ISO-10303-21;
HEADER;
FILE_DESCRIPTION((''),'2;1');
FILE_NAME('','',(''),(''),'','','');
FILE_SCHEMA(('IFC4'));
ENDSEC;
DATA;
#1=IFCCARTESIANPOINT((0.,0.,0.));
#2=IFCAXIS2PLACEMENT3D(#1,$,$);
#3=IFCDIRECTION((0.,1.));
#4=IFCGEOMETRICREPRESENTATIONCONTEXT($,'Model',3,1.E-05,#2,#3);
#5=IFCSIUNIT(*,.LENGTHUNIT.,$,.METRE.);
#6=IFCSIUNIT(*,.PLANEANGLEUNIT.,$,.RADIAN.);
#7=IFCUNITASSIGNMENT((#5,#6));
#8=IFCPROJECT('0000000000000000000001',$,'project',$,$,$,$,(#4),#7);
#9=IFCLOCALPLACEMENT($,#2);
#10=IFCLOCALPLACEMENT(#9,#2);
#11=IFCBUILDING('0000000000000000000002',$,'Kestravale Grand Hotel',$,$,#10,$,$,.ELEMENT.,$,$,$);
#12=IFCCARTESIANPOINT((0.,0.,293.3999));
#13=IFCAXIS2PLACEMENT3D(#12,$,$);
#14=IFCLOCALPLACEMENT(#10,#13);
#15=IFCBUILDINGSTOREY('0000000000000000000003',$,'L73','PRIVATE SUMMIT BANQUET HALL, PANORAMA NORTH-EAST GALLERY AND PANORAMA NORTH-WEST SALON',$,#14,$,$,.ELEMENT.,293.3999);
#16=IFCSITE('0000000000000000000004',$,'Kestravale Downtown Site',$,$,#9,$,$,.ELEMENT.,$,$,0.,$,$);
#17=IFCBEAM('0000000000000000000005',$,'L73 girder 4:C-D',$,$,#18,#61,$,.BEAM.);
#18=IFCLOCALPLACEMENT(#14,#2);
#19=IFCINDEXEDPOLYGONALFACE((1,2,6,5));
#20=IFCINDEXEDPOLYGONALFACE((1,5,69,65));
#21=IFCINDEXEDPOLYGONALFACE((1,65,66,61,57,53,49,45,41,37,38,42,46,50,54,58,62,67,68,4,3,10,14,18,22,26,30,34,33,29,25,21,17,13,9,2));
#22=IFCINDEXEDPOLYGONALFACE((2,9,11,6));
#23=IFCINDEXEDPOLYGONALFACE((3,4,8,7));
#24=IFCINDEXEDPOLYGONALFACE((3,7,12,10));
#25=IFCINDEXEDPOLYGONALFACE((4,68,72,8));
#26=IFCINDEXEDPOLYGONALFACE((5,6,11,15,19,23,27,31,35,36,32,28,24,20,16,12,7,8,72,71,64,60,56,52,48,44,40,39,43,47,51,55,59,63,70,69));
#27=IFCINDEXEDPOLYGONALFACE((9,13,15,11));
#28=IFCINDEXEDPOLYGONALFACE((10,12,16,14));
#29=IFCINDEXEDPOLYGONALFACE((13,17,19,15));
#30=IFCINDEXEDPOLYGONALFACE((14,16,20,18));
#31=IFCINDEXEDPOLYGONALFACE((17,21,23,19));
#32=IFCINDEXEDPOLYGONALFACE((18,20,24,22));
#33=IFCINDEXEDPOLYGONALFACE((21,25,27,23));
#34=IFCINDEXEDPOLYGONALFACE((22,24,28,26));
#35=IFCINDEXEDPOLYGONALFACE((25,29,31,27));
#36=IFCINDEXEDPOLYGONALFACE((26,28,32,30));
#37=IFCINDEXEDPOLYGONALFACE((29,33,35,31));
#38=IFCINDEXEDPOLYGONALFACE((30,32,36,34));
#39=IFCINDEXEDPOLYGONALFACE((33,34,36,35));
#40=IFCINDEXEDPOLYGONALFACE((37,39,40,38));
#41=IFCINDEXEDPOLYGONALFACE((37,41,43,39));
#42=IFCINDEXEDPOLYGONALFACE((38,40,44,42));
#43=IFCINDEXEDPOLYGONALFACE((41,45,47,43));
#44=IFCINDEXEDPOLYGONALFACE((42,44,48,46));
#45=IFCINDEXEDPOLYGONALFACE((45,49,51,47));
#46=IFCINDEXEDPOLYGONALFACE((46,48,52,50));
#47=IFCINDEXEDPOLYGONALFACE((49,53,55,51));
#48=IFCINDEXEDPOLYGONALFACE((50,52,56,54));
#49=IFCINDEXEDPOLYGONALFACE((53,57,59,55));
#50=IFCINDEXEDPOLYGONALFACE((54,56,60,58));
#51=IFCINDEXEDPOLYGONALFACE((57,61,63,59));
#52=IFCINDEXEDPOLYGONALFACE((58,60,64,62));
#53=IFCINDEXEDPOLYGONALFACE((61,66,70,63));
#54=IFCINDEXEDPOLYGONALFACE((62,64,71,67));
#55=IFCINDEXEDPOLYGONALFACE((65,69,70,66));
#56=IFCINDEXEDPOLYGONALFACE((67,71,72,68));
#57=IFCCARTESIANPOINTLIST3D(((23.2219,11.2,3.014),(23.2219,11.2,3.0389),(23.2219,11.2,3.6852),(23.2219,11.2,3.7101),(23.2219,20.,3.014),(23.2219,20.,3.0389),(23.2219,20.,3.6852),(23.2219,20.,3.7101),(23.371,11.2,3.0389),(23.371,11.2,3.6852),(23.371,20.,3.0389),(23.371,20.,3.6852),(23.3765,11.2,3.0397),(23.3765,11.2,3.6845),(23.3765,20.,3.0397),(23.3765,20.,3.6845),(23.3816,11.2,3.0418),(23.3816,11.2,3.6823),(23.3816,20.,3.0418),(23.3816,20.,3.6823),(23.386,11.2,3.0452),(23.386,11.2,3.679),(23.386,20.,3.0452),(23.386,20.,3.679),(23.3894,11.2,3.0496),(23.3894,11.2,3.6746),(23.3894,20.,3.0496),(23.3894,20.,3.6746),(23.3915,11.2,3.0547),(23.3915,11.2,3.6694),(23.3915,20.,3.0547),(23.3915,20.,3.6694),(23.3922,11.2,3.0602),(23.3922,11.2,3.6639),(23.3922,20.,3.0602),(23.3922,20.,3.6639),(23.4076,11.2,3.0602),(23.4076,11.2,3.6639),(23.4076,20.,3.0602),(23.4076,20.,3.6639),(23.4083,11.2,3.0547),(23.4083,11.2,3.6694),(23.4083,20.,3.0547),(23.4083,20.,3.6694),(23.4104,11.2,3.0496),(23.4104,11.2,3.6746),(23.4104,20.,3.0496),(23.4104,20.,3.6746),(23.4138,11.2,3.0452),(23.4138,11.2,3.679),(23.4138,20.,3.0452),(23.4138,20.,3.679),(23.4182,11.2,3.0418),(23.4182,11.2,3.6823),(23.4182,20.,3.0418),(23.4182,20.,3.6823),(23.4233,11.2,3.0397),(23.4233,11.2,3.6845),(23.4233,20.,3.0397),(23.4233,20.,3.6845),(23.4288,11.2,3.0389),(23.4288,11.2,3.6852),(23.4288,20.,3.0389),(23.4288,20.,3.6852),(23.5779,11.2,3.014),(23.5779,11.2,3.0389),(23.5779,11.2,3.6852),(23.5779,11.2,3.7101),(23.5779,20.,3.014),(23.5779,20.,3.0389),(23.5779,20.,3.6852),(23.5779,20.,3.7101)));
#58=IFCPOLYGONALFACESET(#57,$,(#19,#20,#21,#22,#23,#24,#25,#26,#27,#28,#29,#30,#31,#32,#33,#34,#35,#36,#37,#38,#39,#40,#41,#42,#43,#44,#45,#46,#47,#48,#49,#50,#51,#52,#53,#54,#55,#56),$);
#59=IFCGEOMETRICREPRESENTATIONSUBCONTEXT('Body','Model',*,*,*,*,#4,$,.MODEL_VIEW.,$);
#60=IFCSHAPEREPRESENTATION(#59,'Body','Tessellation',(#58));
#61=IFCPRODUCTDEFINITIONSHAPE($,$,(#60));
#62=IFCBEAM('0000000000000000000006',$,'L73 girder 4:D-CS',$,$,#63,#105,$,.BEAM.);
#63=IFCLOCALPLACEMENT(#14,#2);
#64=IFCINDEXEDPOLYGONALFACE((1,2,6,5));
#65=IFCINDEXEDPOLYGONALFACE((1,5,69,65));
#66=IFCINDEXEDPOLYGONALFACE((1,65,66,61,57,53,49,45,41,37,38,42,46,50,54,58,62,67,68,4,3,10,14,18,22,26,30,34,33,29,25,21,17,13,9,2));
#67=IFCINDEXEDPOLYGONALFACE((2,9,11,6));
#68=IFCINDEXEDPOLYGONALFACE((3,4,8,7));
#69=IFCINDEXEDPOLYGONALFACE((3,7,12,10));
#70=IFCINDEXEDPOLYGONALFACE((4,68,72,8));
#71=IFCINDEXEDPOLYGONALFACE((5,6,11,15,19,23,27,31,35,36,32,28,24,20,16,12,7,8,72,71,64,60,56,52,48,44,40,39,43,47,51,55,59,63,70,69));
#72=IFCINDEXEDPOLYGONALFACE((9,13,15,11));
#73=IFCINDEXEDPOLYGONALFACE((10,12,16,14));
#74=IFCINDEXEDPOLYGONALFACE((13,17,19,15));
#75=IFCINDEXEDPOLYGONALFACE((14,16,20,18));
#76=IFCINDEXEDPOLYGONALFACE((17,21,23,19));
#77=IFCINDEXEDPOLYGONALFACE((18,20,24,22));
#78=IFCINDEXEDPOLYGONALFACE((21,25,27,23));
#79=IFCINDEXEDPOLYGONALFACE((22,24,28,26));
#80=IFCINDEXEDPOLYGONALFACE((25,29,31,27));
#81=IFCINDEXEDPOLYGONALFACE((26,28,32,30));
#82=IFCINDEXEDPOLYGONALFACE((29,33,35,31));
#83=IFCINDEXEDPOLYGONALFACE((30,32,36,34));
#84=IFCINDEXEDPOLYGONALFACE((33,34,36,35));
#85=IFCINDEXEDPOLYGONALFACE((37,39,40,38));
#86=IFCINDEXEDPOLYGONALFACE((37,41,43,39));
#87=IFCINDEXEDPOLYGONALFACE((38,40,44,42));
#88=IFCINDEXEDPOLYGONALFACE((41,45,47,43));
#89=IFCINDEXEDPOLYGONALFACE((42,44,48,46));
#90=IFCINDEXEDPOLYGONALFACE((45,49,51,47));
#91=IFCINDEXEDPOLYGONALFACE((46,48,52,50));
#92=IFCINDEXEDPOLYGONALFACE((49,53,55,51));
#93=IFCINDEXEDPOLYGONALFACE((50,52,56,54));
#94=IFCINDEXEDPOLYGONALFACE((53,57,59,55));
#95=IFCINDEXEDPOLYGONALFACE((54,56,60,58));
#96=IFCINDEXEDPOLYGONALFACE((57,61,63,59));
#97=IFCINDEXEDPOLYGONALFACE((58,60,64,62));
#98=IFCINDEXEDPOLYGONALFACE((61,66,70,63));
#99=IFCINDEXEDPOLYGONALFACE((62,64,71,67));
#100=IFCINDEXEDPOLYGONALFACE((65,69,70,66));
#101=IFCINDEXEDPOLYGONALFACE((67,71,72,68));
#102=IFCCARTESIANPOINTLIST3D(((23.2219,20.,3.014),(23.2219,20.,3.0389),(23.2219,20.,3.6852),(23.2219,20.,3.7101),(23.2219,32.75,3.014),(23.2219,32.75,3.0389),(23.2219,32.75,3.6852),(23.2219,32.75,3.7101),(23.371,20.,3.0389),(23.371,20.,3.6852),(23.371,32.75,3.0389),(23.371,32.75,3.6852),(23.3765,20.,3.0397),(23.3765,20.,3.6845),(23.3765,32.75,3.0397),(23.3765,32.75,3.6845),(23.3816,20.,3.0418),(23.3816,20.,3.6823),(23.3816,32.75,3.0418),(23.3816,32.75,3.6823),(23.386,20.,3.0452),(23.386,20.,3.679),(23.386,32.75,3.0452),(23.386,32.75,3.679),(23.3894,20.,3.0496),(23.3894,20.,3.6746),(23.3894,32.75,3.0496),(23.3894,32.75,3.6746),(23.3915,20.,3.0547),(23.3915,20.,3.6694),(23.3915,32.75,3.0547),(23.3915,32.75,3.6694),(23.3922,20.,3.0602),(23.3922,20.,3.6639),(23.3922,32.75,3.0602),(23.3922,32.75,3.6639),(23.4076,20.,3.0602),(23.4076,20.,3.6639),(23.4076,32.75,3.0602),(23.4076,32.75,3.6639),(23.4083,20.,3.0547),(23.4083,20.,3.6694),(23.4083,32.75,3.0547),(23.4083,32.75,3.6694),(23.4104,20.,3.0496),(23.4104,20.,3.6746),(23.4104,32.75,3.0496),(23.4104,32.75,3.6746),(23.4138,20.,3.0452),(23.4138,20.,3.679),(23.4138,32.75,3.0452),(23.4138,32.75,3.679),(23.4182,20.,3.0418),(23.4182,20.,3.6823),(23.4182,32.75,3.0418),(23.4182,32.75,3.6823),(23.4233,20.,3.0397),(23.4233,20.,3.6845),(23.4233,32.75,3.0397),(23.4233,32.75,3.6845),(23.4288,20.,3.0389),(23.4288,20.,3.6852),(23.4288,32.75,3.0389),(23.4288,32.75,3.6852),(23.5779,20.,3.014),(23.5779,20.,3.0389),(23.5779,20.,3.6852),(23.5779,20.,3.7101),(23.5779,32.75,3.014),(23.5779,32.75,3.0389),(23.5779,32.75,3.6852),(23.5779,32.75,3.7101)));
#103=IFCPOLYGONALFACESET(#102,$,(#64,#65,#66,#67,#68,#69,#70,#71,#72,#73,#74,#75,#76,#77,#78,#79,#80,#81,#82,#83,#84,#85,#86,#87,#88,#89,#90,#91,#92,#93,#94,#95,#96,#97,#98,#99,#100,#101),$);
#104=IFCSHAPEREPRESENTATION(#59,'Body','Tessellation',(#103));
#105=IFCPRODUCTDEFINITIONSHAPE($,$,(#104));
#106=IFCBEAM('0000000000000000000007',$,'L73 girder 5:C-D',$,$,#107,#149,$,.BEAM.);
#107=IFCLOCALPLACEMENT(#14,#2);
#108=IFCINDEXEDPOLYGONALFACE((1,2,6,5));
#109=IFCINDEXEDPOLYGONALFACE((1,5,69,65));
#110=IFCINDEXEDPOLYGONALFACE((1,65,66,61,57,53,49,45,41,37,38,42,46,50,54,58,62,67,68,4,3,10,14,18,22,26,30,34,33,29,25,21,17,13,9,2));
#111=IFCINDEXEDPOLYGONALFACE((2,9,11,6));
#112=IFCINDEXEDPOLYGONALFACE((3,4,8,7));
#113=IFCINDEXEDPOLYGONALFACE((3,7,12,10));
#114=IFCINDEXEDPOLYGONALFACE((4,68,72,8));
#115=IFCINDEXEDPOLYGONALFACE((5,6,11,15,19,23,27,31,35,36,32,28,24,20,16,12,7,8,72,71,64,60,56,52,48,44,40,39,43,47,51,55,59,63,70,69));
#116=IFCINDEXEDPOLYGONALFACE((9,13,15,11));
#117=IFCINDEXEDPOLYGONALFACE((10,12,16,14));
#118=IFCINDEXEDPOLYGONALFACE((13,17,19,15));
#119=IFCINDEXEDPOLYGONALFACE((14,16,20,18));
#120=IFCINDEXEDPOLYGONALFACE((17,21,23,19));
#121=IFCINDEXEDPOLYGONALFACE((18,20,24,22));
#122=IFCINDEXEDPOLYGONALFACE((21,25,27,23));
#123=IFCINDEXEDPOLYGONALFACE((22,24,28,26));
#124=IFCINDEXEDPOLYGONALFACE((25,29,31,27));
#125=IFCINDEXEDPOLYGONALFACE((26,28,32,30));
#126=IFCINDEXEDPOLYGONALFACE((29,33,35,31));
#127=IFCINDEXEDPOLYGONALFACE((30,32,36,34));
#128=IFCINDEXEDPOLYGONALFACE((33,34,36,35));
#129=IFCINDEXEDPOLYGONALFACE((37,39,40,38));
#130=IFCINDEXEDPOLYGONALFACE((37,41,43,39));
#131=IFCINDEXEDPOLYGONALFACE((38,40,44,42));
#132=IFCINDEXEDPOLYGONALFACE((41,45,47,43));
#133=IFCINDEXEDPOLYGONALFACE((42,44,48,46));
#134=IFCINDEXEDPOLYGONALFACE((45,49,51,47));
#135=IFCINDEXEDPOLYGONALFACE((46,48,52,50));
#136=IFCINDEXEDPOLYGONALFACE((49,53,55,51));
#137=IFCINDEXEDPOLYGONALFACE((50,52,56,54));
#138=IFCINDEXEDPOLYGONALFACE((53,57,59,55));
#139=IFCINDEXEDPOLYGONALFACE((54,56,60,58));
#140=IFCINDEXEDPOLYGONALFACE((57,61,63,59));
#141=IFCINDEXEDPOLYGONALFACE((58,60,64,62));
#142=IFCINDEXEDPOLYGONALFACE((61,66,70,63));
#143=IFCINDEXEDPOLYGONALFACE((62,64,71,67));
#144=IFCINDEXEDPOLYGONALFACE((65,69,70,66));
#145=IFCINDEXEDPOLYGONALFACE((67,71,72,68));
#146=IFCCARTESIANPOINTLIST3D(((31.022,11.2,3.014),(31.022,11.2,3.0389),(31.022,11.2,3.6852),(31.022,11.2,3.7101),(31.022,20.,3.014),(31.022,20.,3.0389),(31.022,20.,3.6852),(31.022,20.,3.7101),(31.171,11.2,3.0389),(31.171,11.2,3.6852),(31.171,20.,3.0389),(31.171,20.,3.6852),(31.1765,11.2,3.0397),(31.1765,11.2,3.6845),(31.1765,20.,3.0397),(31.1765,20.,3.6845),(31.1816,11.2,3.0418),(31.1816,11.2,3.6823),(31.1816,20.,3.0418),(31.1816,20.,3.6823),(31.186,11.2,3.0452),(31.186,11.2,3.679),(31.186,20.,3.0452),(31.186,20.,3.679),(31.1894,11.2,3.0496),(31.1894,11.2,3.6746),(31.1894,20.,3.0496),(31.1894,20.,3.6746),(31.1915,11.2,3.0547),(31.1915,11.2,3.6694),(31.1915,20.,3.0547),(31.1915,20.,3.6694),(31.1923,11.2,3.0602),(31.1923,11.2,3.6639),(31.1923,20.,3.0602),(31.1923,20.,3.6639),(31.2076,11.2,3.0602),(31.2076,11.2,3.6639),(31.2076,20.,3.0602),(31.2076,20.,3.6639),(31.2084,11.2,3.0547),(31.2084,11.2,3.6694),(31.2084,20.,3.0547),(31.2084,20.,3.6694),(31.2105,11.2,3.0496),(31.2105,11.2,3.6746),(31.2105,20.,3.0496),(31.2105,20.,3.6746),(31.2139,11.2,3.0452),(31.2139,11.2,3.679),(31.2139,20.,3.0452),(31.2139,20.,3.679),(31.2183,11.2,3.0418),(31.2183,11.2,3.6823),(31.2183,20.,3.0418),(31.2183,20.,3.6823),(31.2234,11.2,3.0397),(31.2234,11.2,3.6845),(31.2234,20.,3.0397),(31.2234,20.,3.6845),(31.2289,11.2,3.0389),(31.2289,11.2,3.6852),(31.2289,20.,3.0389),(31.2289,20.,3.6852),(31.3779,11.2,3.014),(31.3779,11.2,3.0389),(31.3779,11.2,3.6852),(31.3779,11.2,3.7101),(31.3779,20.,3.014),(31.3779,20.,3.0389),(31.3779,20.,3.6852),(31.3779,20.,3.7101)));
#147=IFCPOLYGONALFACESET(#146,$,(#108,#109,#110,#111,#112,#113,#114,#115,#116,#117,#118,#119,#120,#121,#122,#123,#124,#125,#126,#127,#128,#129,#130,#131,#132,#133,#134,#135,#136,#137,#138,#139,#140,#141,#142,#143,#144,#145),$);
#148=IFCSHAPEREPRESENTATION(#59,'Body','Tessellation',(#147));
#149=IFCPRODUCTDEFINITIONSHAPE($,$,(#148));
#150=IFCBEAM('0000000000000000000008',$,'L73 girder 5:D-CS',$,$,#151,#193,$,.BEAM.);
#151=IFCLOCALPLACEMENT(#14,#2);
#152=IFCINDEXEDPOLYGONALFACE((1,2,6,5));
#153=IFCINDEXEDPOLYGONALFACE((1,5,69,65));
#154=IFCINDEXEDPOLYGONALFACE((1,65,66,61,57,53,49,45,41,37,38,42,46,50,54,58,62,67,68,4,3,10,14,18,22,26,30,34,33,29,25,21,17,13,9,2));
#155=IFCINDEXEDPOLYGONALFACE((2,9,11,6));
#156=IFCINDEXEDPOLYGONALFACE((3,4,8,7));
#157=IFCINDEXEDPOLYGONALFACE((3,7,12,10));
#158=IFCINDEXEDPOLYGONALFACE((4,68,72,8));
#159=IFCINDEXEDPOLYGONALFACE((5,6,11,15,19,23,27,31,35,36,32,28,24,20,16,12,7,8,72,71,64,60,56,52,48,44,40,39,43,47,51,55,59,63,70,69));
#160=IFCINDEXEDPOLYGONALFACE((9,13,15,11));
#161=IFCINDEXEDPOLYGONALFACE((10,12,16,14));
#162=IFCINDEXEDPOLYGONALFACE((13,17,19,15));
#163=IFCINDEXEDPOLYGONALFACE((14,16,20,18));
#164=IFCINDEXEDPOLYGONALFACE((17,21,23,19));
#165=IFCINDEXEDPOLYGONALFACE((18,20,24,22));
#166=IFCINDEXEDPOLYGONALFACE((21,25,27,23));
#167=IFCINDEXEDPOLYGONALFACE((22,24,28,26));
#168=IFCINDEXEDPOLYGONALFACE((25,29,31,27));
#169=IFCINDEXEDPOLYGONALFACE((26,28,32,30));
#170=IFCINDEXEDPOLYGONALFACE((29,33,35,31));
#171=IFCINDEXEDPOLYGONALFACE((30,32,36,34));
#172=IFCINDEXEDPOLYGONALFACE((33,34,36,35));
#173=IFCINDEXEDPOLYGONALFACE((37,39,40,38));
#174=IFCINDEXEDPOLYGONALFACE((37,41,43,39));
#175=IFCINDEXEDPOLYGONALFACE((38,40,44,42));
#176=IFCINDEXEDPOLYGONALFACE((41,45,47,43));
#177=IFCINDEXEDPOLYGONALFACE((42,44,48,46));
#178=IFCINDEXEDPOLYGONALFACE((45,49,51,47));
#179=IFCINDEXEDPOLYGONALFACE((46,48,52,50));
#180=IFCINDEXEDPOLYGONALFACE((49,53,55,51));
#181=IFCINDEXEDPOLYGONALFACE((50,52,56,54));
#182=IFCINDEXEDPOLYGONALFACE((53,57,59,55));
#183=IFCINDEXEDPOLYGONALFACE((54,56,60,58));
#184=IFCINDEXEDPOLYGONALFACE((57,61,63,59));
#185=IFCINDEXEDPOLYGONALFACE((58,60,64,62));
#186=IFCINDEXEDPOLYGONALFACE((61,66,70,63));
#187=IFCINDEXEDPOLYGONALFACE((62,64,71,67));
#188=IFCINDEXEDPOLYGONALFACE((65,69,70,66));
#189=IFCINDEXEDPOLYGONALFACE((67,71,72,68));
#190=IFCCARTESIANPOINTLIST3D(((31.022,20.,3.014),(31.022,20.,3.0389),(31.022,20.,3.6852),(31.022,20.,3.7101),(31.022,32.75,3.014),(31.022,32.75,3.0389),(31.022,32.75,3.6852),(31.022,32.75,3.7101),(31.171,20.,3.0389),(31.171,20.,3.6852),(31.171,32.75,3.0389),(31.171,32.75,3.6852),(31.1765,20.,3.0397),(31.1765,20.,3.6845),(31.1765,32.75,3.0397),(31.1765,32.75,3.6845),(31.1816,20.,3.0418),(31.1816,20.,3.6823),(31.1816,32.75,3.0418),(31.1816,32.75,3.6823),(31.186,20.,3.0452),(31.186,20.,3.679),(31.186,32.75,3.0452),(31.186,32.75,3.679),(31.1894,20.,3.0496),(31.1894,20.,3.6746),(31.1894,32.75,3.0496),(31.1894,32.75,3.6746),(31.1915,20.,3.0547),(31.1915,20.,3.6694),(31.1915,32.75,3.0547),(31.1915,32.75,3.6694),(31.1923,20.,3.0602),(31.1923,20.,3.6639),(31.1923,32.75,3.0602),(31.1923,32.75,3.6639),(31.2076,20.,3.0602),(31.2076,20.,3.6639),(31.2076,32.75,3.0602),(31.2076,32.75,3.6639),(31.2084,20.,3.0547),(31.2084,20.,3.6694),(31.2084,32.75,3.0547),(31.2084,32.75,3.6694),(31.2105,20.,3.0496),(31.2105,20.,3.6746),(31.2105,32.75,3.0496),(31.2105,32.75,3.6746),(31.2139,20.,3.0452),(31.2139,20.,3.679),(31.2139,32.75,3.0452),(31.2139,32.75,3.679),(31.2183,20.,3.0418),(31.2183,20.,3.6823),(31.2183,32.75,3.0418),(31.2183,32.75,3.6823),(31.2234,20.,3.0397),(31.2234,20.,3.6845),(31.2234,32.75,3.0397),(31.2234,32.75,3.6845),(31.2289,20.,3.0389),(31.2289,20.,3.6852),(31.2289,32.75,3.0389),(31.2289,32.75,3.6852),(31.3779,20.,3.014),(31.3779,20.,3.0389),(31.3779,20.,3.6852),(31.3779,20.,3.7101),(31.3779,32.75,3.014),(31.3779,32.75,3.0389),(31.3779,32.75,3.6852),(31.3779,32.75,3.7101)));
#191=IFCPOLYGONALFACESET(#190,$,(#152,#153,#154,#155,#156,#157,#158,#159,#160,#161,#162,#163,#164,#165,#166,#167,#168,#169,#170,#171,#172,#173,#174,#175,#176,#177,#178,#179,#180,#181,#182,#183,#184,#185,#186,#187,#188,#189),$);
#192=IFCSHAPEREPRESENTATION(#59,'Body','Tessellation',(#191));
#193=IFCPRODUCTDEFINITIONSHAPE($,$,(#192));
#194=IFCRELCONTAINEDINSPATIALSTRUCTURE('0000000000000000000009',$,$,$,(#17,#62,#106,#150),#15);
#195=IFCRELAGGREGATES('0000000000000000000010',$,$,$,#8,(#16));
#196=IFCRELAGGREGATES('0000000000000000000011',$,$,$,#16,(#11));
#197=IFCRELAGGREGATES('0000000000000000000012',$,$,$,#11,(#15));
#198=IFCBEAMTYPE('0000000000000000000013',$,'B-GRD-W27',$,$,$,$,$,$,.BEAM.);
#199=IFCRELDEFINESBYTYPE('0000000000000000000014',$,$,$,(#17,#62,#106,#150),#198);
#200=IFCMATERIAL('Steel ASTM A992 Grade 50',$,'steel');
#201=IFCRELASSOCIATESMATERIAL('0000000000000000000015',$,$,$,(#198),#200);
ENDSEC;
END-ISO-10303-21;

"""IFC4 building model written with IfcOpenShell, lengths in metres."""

from ifc_helpers import new_model, si_unit, direction, frame, origin, origin_2d, place, context, subcontext, project, spatial, i_section, extrude, material, material_profile, profile_set, type_object, element, save


model = new_model("IFC4")

# Units and contexts
model_context = context("Model", 3, precision=1e-05, world=origin(), true_north=direction((0.0, 1.0)))
body_context = subcontext(model_context, "Body", "Model", "MODEL_VIEW")
ifc_project = project(units=[si_unit("LENGTHUNIT", "METRE"), si_unit("PLANEANGLEUNIT", "RADIAN")], contexts=[model_context])

# Site, building, storey
site_placement = place(None, origin())
site = spatial("IfcSite", under=ifc_project, at=site_placement, Name="Kestravale Downtown Site", CompositionType="ELEMENT", RefElevation=0.0)
building_placement = place(site_placement, origin())
building = spatial("IfcBuilding", under=site, at=building_placement, Name="Kestravale Grand Hotel", CompositionType="ELEMENT")
storey_placement = place(building_placement, frame((0.0, 0.0, 293.3999)))
storey = spatial("IfcBuildingStorey", under=building, at=storey_placement, Name="L73", Description="PRIVATE SUMMIT BANQUET HALL, PANORAMA NORTH-EAST GALLERY AND PANORAMA NORTH-WEST SALON", CompositionType="ELEMENT", Elevation=293.3999)

# Beams
ifc_material_1 = material(Name="Steel ASTM A992 Grade 50", Category="steel")
ifc_material_profile_1 = material_profile(ifc_material_1, i_section(OverallWidth=0.356, OverallDepth=0.696, WebThickness=0.0154, FlangeThickness=0.0249, FilletRadius=0.0212, at=origin_2d()))
ifc_profile_set_1 = profile_set([ifc_material_profile_1], Name="Steel ASTM A992 Grade 50")
beam_type_1 = type_object("IfcBeamType", Name="B-GRD-W27", PredefinedType="BEAM", material=ifc_profile_set_1)
beam_1_placement = place(storey_placement, frame((23.3999, 11.2, 3.3621), z_axis=(0.0, 1.0, 0.0), x_axis=(-1.0, 0.0, 0.0)))
element("IfcBeam", 1, at=beam_1_placement, inside=storey, type_object=beam_type_1, Name="L73 girder 4:C-D", PredefinedType="BEAM", context=body_context, shape_type="SweptSolid", body=[
    extrude(i_section(OverallWidth=0.356, OverallDepth=0.696, WebThickness=0.0154, FlangeThickness=0.0249, FilletRadius=0.0212, at=origin_2d()), origin(), (0.0, 0.0, 1.0), 8.8),
])
beam_2_placement = place(storey_placement, frame((23.3999, 20.0, 3.3621), z_axis=(0.0, 1.0, 0.0), x_axis=(-1.0, 0.0, 0.0)))
element("IfcBeam", 2, at=beam_2_placement, inside=storey, type_object=beam_type_1, Name="L73 girder 4:D-CS", PredefinedType="BEAM", context=body_context, shape_type="SweptSolid", body=[
    extrude(i_section(OverallWidth=0.356, OverallDepth=0.696, WebThickness=0.0154, FlangeThickness=0.0249, FilletRadius=0.0212, at=origin_2d()), origin(), (0.0, 0.0, 1.0), 12.75),
])
beam_3_placement = place(storey_placement, frame((31.2, 11.2, 3.3621), z_axis=(0.0, 1.0, 0.0), x_axis=(-1.0, 0.0, 0.0)))
element("IfcBeam", 3, at=beam_3_placement, inside=storey, type_object=beam_type_1, Name="L73 girder 5:C-D", PredefinedType="BEAM", context=body_context, shape_type="SweptSolid", body=[
    extrude(i_section(OverallWidth=0.356, OverallDepth=0.696, WebThickness=0.0154, FlangeThickness=0.0249, FilletRadius=0.0212, at=origin_2d()), origin(), (0.0, 0.0, 1.0), 8.8),
])
beam_4_placement = place(storey_placement, frame((31.2, 20.0, 3.3621), z_axis=(0.0, 1.0, 0.0), x_axis=(-1.0, 0.0, 0.0)))
element("IfcBeam", 4, at=beam_4_placement, inside=storey, type_object=beam_type_1, Name="L73 girder 5:D-CS", PredefinedType="BEAM", context=body_context, shape_type="SweptSolid", body=[
    extrude(i_section(OverallWidth=0.356, OverallDepth=0.696, WebThickness=0.0154, FlangeThickness=0.0249, FilletRadius=0.0212, at=origin_2d()), origin(), (0.0, 0.0, 1.0), 12.75),
])

save(model, "model.ifc")
